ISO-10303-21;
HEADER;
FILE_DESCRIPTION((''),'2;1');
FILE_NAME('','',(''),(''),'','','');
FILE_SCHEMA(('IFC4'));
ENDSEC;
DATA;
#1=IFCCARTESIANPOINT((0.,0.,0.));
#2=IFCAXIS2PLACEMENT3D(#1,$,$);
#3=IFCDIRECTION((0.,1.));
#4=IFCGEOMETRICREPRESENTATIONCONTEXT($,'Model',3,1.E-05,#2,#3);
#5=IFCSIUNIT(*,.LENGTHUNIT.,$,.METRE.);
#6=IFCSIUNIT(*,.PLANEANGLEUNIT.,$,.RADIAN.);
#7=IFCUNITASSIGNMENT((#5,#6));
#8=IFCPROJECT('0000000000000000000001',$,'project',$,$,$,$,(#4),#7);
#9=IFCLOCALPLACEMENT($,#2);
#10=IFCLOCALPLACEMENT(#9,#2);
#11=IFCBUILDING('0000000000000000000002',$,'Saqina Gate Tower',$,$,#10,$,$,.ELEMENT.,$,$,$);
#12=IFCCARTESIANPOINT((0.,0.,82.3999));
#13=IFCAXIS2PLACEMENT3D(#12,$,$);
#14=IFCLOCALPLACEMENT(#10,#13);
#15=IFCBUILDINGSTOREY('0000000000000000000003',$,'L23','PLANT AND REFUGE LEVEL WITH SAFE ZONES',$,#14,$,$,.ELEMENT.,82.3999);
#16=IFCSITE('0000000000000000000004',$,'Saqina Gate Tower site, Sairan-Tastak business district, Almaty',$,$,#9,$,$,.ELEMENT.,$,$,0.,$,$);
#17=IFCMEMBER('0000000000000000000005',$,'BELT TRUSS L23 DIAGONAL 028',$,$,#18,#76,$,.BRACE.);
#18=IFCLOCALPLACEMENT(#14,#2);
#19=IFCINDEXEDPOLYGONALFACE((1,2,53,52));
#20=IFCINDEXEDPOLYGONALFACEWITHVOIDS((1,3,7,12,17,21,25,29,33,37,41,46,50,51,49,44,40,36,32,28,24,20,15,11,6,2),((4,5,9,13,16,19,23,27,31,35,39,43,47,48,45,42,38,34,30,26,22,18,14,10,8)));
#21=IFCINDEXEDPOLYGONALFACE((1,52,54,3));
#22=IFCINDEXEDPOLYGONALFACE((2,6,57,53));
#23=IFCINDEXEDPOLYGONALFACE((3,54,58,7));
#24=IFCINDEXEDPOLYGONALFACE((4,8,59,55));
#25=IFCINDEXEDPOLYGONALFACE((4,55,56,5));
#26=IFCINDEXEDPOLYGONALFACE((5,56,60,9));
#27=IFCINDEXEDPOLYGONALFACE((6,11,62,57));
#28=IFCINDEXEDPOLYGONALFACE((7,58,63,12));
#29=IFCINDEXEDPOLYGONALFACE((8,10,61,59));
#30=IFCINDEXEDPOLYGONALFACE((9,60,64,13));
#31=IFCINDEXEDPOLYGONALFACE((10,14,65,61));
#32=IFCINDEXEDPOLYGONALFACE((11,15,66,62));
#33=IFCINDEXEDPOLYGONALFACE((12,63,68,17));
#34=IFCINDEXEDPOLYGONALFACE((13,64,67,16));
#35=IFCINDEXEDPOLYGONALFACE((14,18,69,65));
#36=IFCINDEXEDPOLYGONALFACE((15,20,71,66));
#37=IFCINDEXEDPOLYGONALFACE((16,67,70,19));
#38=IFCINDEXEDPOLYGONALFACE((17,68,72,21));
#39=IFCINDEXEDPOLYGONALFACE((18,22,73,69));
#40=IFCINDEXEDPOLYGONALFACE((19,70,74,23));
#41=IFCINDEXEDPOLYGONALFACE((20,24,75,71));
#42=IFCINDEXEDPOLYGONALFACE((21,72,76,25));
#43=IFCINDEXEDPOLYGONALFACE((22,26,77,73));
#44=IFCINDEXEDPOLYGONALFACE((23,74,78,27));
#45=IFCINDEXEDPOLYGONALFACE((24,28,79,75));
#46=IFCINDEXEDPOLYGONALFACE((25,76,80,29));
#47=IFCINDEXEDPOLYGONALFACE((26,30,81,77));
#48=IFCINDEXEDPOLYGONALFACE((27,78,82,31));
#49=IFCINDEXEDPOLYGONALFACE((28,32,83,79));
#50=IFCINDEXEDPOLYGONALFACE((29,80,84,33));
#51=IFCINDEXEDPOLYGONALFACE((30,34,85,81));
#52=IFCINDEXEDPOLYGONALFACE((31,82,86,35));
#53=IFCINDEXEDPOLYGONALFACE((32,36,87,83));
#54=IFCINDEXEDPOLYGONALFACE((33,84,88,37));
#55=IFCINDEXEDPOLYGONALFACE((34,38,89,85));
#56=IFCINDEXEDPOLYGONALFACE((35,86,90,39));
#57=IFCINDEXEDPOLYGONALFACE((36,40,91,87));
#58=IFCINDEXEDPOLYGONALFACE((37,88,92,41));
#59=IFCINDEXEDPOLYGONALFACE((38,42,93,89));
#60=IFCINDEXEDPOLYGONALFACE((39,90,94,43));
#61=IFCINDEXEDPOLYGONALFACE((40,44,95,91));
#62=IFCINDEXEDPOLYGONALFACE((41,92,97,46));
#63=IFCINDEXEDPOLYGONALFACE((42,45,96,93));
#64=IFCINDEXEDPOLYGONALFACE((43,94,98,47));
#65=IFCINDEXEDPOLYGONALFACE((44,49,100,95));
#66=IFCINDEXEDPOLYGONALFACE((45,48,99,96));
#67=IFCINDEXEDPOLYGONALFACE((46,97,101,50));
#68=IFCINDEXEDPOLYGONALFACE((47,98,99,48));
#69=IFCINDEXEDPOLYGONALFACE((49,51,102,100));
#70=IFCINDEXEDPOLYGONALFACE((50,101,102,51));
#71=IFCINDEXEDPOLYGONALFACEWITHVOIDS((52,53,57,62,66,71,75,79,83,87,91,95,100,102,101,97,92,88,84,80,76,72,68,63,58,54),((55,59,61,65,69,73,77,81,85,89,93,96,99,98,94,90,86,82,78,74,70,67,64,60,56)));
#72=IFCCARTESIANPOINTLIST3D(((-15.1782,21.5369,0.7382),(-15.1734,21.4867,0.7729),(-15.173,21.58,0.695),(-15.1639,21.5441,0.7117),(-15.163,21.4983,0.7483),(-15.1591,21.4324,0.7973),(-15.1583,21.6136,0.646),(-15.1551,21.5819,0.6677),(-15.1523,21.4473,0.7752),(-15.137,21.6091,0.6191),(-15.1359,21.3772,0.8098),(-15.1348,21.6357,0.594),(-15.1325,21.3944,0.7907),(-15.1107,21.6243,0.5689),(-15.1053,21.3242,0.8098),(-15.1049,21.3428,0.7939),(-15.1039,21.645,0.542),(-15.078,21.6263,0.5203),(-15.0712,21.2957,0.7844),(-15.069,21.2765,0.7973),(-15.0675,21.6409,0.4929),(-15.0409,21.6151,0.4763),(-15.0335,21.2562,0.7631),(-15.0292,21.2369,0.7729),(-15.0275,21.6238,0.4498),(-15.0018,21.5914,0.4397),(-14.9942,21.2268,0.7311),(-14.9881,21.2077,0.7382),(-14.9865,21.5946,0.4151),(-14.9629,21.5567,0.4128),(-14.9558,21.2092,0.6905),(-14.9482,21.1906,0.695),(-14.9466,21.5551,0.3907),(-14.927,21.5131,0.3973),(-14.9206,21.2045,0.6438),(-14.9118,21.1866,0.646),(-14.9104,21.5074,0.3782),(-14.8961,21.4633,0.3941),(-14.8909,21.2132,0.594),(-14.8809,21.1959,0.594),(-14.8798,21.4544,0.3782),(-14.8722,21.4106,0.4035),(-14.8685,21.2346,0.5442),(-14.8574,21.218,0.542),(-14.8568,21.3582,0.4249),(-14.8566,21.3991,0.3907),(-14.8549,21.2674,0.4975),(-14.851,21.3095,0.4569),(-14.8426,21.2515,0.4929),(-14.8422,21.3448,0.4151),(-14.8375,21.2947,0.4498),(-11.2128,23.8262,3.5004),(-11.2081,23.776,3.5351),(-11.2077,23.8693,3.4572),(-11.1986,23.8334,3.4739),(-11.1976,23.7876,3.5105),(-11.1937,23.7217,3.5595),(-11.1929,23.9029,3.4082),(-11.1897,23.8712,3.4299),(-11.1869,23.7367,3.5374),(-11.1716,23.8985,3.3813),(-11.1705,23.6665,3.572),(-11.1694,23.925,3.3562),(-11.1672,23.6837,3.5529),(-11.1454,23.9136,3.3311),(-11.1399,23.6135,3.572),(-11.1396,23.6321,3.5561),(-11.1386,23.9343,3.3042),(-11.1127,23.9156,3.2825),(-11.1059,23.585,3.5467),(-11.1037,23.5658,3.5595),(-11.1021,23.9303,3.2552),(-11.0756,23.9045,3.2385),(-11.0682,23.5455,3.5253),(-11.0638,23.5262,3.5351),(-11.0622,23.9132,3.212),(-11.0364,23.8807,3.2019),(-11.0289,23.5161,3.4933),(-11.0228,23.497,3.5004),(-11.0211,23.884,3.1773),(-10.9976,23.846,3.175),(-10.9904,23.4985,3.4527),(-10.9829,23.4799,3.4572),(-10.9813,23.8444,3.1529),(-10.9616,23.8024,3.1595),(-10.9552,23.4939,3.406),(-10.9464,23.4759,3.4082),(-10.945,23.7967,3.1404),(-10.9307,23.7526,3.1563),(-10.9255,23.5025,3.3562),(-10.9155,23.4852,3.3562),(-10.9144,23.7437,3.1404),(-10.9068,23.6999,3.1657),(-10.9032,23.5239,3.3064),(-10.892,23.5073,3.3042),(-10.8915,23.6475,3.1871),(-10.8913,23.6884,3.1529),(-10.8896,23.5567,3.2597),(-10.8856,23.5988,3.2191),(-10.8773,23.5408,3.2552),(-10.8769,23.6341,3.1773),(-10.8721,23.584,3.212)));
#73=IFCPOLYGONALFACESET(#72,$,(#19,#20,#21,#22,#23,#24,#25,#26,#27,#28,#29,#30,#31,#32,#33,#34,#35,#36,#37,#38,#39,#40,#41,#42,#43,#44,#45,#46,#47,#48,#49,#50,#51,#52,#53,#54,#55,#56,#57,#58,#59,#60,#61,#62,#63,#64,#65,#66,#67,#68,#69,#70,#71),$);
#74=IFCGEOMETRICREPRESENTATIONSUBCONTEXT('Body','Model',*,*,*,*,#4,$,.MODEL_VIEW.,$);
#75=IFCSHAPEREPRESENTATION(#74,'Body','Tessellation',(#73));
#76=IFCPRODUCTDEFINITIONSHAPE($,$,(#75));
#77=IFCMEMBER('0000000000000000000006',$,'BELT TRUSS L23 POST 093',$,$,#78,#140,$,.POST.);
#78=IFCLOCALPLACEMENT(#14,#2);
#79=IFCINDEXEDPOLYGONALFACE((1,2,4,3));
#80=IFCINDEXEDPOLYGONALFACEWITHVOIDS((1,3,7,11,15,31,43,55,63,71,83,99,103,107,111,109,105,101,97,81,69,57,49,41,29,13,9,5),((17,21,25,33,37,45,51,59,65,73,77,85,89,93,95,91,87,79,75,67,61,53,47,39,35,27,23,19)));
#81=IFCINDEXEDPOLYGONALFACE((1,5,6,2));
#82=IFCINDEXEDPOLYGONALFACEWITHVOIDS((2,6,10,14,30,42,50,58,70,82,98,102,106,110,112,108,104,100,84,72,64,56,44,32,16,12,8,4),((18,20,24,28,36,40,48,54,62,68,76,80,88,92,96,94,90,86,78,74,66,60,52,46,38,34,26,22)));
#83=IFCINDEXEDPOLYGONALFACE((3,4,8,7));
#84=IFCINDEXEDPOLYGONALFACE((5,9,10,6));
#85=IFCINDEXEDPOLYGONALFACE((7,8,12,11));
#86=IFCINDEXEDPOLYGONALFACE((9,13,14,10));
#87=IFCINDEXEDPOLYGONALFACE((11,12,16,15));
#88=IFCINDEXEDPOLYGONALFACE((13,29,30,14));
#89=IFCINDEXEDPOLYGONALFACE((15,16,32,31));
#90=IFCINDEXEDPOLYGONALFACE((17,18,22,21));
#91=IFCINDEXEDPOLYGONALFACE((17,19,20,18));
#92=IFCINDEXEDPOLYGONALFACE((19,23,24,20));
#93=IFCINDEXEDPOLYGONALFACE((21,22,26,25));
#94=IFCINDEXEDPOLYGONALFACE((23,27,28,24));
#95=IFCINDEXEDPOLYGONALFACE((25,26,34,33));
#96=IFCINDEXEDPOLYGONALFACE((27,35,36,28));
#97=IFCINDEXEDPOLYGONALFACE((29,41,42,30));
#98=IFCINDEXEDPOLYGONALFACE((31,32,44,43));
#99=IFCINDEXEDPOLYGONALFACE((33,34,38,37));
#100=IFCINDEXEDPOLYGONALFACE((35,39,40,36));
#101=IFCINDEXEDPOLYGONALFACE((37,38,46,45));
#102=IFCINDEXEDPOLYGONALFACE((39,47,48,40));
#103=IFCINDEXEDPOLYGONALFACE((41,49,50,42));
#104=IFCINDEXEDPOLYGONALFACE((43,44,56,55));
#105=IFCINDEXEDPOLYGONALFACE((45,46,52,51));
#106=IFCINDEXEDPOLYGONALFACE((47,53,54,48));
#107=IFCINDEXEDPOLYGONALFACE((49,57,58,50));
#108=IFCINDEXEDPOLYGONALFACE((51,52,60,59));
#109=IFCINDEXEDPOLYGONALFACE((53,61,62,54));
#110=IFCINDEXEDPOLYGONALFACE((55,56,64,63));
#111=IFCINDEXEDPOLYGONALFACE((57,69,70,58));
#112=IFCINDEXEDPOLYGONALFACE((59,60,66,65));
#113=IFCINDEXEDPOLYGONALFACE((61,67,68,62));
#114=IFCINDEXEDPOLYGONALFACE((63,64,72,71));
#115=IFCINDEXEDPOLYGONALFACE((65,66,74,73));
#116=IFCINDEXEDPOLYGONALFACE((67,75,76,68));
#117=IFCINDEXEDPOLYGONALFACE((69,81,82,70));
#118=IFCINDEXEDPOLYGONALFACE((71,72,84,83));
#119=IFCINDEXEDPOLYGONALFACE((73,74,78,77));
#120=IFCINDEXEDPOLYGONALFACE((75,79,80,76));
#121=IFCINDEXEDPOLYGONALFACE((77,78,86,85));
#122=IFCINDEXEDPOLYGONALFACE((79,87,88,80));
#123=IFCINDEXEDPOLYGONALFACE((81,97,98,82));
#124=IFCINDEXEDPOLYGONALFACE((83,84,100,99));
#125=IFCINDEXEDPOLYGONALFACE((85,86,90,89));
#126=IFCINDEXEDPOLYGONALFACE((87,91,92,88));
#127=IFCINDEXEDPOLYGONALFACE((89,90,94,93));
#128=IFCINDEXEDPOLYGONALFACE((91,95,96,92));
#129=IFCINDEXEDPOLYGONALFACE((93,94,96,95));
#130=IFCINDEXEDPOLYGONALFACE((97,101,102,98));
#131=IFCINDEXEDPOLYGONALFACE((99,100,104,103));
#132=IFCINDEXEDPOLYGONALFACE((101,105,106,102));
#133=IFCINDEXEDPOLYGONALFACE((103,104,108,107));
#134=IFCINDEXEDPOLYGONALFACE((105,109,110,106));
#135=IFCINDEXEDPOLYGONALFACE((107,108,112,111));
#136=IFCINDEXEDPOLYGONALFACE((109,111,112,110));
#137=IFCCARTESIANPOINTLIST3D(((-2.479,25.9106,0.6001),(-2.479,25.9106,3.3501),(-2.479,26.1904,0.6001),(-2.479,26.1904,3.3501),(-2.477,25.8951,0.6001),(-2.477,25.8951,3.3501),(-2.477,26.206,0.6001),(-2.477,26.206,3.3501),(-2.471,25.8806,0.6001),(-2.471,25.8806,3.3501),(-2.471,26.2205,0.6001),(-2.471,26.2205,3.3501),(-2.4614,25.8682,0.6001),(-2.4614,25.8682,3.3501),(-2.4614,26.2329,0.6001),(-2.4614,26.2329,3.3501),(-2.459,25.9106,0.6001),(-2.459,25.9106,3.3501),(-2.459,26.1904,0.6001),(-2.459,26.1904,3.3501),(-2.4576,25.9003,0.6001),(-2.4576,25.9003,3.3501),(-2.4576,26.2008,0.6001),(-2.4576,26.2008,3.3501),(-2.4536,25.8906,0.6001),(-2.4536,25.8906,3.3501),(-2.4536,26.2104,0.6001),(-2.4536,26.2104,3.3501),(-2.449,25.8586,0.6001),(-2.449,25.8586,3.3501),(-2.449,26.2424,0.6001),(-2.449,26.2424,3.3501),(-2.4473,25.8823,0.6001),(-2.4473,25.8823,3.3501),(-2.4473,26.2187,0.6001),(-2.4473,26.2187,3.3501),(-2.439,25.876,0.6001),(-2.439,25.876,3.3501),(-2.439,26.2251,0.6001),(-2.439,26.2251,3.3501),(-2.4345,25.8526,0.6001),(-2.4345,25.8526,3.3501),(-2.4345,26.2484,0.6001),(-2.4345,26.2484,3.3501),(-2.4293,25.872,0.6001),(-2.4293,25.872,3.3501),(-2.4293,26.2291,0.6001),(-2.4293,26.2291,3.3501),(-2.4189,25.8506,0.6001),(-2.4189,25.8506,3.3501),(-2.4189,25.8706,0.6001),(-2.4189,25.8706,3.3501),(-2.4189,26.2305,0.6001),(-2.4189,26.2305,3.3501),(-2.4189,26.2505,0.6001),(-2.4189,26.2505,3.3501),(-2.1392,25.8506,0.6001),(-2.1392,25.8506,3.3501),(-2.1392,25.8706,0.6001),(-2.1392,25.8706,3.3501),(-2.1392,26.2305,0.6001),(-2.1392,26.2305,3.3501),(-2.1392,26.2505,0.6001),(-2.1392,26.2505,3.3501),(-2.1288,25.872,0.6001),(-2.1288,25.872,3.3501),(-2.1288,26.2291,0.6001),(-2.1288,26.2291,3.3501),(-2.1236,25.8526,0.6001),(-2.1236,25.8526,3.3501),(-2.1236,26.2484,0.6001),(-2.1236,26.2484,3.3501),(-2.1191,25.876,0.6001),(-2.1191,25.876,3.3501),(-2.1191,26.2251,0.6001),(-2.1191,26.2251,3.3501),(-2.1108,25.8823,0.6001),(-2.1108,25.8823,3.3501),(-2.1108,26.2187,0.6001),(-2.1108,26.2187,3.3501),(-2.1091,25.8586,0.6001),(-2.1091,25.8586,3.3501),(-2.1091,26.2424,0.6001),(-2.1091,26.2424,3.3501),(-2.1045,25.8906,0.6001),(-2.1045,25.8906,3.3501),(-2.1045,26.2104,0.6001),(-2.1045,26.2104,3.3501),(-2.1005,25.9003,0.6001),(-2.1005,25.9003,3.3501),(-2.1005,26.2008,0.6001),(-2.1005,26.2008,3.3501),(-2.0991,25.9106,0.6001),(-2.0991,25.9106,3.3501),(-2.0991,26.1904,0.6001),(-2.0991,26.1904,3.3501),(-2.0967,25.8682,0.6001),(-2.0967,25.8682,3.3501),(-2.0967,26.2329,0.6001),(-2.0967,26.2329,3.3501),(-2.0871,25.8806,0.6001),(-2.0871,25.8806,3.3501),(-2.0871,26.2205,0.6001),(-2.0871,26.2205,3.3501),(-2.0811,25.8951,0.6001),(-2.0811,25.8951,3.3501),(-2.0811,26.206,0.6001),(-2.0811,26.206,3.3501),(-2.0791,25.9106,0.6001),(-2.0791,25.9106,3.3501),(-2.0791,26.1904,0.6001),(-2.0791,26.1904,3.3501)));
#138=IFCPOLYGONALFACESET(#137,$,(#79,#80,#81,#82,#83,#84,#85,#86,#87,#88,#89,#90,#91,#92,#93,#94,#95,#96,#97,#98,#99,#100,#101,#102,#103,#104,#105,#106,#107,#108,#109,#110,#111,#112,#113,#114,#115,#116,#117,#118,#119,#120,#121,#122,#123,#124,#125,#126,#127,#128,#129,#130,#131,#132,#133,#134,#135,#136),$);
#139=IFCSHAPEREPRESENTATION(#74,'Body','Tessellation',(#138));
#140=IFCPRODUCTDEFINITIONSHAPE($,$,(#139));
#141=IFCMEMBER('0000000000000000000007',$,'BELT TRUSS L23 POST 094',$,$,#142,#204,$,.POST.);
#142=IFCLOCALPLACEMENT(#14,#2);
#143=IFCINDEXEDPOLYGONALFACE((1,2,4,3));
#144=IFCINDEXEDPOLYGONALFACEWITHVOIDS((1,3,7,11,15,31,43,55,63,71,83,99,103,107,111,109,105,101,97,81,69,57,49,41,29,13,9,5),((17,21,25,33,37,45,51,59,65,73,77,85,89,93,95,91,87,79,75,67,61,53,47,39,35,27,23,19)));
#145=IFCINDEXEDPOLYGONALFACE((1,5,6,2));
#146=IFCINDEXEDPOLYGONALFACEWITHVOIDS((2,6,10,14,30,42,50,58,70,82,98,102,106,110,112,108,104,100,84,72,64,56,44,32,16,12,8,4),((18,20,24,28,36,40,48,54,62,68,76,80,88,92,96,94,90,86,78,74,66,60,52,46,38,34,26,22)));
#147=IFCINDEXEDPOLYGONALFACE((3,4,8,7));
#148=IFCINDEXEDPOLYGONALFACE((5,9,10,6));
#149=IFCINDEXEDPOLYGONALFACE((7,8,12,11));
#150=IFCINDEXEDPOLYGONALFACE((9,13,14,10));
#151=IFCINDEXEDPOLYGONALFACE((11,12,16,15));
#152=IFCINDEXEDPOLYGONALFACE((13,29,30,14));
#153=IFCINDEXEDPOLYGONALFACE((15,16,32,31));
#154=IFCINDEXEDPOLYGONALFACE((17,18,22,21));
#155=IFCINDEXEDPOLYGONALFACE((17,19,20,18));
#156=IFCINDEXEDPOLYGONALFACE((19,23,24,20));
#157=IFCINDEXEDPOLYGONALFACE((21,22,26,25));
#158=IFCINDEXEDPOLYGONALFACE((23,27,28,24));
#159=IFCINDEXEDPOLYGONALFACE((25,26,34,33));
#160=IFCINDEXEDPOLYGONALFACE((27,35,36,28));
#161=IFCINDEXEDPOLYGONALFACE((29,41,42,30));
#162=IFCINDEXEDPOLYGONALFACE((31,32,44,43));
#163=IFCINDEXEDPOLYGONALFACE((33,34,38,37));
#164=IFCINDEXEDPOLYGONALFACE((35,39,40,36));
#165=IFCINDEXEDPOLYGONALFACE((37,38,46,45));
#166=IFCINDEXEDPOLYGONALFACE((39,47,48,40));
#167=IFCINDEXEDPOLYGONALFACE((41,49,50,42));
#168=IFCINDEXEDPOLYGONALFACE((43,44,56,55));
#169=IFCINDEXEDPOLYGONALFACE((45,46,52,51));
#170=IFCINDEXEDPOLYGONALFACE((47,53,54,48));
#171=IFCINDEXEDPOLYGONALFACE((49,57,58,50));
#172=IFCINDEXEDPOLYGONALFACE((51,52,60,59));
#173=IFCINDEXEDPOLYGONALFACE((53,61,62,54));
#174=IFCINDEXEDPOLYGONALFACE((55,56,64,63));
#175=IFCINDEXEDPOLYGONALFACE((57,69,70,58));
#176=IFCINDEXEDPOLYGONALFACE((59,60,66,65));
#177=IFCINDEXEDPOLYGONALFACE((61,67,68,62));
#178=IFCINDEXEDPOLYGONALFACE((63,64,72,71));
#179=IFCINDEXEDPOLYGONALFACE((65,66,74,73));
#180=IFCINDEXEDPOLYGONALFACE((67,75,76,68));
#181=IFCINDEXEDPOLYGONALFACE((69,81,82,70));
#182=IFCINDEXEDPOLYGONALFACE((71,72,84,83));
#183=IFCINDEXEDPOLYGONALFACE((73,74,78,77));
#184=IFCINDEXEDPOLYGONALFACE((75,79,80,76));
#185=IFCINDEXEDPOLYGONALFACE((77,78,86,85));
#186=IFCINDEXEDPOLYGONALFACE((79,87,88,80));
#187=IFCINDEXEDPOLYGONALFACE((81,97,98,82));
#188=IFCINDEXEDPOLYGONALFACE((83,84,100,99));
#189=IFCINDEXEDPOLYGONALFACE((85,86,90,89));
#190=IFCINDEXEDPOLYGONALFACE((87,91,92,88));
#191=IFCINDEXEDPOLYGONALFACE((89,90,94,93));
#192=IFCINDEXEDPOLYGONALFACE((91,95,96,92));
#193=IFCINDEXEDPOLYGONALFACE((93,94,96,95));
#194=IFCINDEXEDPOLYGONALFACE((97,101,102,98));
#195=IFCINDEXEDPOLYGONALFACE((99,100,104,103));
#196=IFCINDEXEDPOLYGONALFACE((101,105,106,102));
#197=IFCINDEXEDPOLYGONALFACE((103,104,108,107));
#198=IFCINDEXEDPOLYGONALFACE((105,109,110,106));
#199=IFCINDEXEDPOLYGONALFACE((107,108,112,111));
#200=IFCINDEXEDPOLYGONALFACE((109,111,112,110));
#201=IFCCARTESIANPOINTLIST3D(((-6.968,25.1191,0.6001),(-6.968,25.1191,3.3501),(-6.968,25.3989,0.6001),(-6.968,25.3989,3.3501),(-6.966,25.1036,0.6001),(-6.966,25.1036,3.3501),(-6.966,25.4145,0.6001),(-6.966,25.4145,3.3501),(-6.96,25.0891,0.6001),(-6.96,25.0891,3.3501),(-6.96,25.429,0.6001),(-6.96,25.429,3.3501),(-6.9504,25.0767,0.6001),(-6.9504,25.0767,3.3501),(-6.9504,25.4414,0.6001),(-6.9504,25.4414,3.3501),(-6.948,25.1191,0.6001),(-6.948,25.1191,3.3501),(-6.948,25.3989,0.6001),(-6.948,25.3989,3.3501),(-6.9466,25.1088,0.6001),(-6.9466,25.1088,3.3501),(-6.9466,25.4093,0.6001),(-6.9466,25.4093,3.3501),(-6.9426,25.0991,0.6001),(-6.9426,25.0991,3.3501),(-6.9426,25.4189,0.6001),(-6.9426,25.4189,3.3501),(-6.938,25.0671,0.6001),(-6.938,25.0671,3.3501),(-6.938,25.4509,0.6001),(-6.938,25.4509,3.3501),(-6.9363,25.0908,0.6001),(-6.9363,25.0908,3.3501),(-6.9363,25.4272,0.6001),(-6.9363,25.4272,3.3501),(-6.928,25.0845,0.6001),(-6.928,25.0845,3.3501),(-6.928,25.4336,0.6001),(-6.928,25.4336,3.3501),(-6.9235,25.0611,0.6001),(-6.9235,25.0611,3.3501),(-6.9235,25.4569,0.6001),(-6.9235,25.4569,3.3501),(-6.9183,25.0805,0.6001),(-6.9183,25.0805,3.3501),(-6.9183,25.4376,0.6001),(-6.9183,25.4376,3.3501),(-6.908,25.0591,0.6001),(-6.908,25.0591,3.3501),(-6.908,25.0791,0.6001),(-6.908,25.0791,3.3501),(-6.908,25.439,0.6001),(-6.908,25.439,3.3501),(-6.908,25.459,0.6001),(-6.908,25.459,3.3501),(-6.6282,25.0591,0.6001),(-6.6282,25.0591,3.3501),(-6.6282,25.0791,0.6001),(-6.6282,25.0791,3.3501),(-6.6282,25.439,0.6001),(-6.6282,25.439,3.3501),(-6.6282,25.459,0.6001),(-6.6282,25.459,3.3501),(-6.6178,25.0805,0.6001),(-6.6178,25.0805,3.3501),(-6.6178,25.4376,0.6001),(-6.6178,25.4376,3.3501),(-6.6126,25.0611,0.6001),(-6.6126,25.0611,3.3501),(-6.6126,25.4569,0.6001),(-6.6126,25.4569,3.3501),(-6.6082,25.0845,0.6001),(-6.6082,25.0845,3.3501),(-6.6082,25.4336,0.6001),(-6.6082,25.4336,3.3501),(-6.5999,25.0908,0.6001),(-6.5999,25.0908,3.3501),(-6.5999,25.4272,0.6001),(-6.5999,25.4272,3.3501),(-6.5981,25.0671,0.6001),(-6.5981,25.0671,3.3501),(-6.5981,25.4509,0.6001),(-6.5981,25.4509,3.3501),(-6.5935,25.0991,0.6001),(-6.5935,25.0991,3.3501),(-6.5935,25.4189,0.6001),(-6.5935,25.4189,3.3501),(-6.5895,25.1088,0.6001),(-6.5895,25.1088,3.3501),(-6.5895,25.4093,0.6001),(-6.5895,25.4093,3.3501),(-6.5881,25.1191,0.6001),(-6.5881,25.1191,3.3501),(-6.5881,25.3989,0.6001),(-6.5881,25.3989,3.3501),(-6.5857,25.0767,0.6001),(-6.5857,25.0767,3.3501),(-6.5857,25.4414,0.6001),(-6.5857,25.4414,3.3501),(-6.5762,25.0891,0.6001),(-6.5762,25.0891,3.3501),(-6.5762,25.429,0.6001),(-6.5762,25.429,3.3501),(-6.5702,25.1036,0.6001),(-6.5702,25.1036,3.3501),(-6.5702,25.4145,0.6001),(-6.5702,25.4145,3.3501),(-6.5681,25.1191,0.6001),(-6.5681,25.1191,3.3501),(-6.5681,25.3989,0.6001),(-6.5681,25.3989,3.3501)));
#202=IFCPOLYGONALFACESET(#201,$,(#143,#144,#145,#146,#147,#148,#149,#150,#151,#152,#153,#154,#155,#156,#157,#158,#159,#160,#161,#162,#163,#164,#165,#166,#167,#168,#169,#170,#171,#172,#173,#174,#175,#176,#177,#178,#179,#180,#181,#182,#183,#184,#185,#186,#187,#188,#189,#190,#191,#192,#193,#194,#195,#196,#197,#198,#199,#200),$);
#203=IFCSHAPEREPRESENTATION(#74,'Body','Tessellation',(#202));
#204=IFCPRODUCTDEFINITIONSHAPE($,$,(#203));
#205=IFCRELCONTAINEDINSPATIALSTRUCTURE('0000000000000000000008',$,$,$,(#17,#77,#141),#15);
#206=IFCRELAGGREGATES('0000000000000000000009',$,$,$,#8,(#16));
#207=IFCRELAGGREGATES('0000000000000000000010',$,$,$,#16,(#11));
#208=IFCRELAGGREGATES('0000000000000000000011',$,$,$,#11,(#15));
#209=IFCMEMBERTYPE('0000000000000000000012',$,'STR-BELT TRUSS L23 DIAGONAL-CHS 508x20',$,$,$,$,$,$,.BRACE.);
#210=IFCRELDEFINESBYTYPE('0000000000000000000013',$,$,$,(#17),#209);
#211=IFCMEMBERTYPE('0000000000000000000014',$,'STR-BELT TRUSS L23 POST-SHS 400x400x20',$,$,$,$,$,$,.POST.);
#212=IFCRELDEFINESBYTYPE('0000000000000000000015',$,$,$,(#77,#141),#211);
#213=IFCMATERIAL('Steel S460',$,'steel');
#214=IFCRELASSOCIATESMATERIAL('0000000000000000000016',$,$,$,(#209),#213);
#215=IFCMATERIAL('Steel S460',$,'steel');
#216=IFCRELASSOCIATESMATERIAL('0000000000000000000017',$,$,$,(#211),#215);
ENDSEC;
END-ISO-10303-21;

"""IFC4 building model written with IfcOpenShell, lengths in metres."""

from ifc_helpers import new_model, si_unit, direction, frame, origin, origin_2d, place, context, subcontext, project, spatial, hollow_rectangle, hollow_circle, extrude, material, material_profile, profile_set, type_object, element, save


model = new_model("IFC4")

# Units and contexts
model_context = context("Model", 3, precision=1e-05, world=origin(), true_north=direction((0.0, 1.0)))
body_context = subcontext(model_context, "Body", "Model", "MODEL_VIEW")
ifc_project = project(units=[si_unit("LENGTHUNIT", "METRE"), si_unit("PLANEANGLEUNIT", "RADIAN")], contexts=[model_context])

# Site, building, storey
site_placement = place(None, origin())
site = spatial("IfcSite", under=ifc_project, at=site_placement, Name="Saqina Gate Tower site, Sairan-Tastak business district, Almaty", CompositionType="ELEMENT", RefElevation=0.0)
building_placement = place(site_placement, origin())
building = spatial("IfcBuilding", under=site, at=building_placement, Name="Saqina Gate Tower", CompositionType="ELEMENT")
storey_placement = place(building_placement, frame((0.0, 0.0, 82.3999)))
storey = spatial("IfcBuildingStorey", under=building, at=storey_placement, Name="L23", Description="PLANT AND REFUGE LEVEL WITH SAFE ZONES", CompositionType="ELEMENT", Elevation=82.3999)

# Members
ifc_material_1 = material(Name="Steel S460", Category="steel")
ifc_material_profile_1 = material_profile(ifc_material_1, hollow_circle(Radius=0.2539, WallThickness=0.02, at=origin_2d()), Name="CHS 508x20")
ifc_profile_set_1 = profile_set([ifc_material_profile_1], Name="Steel S460")
member_type_1 = type_object("IfcMemberType", Name="STR-BELT TRUSS L23 DIAGONAL-CHS 508x20", PredefinedType="BRACE", material=ifc_profile_set_1)
for number, where, z_axis, x_axis, name in (
    (1, (-11.0425, 23.7051, 3.3562), (-0.741545, -0.428117, -0.516552), (0.499987, -0.866033, 0.0), "BELT TRUSS L23 DIAGONAL 028"),
):
    element("IfcMember", number, at=place(storey_placement, frame(where, z_axis=z_axis, x_axis=x_axis)), inside=storey, type_object=member_type_1, Name=name, PredefinedType="BRACE", context=body_context, shape_type="SweptSolid", body=[
        extrude(hollow_circle(Radius=0.2539, WallThickness=0.02, at=origin_2d()), origin(), (0.0, 0.0, 1.0), 5.3474),
    ])
ifc_material_2 = material(Name="Steel S460", Category="steel")
ifc_material_profile_2 = material_profile(ifc_material_2, hollow_rectangle(XDim=0.3999, YDim=0.3999, WallThickness=0.02, InnerFilletRadius=0.04, OuterFilletRadius=0.0601, at=origin_2d()), Name="SHS 400x400x20")
ifc_profile_set_2 = profile_set([ifc_material_profile_2], Name="Steel S460")
member_type_2 = type_object("IfcMemberType", Name="STR-BELT TRUSS L23 POST-SHS 400x400x20", PredefinedType="POST", material=ifc_profile_set_2)
for number, where, z_axis, x_axis, name in (
    (2, (-2.2791, 26.0505, 0.6001), (0.0, 0.0, 1.0), (1.0, 0.0, 0.0), "BELT TRUSS L23 POST 093"),
    (3, (-6.7681, 25.259, 0.6001), (0.0, 0.0, 1.0), (1.0, 0.0, 0.0), "BELT TRUSS L23 POST 094"),
):
    element("IfcMember", number, at=place(storey_placement, frame(where, z_axis=z_axis, x_axis=x_axis)), inside=storey, type_object=member_type_2, Name=name, PredefinedType="POST", context=body_context, shape_type="SweptSolid", body=[
        extrude(hollow_rectangle(XDim=0.3999, YDim=0.3999, WallThickness=0.02, InnerFilletRadius=0.04, OuterFilletRadius=0.0601, at=origin_2d()), origin(), (0.0, 0.0, 1.0), 2.75),
    ])

save(model, "model.ifc")
